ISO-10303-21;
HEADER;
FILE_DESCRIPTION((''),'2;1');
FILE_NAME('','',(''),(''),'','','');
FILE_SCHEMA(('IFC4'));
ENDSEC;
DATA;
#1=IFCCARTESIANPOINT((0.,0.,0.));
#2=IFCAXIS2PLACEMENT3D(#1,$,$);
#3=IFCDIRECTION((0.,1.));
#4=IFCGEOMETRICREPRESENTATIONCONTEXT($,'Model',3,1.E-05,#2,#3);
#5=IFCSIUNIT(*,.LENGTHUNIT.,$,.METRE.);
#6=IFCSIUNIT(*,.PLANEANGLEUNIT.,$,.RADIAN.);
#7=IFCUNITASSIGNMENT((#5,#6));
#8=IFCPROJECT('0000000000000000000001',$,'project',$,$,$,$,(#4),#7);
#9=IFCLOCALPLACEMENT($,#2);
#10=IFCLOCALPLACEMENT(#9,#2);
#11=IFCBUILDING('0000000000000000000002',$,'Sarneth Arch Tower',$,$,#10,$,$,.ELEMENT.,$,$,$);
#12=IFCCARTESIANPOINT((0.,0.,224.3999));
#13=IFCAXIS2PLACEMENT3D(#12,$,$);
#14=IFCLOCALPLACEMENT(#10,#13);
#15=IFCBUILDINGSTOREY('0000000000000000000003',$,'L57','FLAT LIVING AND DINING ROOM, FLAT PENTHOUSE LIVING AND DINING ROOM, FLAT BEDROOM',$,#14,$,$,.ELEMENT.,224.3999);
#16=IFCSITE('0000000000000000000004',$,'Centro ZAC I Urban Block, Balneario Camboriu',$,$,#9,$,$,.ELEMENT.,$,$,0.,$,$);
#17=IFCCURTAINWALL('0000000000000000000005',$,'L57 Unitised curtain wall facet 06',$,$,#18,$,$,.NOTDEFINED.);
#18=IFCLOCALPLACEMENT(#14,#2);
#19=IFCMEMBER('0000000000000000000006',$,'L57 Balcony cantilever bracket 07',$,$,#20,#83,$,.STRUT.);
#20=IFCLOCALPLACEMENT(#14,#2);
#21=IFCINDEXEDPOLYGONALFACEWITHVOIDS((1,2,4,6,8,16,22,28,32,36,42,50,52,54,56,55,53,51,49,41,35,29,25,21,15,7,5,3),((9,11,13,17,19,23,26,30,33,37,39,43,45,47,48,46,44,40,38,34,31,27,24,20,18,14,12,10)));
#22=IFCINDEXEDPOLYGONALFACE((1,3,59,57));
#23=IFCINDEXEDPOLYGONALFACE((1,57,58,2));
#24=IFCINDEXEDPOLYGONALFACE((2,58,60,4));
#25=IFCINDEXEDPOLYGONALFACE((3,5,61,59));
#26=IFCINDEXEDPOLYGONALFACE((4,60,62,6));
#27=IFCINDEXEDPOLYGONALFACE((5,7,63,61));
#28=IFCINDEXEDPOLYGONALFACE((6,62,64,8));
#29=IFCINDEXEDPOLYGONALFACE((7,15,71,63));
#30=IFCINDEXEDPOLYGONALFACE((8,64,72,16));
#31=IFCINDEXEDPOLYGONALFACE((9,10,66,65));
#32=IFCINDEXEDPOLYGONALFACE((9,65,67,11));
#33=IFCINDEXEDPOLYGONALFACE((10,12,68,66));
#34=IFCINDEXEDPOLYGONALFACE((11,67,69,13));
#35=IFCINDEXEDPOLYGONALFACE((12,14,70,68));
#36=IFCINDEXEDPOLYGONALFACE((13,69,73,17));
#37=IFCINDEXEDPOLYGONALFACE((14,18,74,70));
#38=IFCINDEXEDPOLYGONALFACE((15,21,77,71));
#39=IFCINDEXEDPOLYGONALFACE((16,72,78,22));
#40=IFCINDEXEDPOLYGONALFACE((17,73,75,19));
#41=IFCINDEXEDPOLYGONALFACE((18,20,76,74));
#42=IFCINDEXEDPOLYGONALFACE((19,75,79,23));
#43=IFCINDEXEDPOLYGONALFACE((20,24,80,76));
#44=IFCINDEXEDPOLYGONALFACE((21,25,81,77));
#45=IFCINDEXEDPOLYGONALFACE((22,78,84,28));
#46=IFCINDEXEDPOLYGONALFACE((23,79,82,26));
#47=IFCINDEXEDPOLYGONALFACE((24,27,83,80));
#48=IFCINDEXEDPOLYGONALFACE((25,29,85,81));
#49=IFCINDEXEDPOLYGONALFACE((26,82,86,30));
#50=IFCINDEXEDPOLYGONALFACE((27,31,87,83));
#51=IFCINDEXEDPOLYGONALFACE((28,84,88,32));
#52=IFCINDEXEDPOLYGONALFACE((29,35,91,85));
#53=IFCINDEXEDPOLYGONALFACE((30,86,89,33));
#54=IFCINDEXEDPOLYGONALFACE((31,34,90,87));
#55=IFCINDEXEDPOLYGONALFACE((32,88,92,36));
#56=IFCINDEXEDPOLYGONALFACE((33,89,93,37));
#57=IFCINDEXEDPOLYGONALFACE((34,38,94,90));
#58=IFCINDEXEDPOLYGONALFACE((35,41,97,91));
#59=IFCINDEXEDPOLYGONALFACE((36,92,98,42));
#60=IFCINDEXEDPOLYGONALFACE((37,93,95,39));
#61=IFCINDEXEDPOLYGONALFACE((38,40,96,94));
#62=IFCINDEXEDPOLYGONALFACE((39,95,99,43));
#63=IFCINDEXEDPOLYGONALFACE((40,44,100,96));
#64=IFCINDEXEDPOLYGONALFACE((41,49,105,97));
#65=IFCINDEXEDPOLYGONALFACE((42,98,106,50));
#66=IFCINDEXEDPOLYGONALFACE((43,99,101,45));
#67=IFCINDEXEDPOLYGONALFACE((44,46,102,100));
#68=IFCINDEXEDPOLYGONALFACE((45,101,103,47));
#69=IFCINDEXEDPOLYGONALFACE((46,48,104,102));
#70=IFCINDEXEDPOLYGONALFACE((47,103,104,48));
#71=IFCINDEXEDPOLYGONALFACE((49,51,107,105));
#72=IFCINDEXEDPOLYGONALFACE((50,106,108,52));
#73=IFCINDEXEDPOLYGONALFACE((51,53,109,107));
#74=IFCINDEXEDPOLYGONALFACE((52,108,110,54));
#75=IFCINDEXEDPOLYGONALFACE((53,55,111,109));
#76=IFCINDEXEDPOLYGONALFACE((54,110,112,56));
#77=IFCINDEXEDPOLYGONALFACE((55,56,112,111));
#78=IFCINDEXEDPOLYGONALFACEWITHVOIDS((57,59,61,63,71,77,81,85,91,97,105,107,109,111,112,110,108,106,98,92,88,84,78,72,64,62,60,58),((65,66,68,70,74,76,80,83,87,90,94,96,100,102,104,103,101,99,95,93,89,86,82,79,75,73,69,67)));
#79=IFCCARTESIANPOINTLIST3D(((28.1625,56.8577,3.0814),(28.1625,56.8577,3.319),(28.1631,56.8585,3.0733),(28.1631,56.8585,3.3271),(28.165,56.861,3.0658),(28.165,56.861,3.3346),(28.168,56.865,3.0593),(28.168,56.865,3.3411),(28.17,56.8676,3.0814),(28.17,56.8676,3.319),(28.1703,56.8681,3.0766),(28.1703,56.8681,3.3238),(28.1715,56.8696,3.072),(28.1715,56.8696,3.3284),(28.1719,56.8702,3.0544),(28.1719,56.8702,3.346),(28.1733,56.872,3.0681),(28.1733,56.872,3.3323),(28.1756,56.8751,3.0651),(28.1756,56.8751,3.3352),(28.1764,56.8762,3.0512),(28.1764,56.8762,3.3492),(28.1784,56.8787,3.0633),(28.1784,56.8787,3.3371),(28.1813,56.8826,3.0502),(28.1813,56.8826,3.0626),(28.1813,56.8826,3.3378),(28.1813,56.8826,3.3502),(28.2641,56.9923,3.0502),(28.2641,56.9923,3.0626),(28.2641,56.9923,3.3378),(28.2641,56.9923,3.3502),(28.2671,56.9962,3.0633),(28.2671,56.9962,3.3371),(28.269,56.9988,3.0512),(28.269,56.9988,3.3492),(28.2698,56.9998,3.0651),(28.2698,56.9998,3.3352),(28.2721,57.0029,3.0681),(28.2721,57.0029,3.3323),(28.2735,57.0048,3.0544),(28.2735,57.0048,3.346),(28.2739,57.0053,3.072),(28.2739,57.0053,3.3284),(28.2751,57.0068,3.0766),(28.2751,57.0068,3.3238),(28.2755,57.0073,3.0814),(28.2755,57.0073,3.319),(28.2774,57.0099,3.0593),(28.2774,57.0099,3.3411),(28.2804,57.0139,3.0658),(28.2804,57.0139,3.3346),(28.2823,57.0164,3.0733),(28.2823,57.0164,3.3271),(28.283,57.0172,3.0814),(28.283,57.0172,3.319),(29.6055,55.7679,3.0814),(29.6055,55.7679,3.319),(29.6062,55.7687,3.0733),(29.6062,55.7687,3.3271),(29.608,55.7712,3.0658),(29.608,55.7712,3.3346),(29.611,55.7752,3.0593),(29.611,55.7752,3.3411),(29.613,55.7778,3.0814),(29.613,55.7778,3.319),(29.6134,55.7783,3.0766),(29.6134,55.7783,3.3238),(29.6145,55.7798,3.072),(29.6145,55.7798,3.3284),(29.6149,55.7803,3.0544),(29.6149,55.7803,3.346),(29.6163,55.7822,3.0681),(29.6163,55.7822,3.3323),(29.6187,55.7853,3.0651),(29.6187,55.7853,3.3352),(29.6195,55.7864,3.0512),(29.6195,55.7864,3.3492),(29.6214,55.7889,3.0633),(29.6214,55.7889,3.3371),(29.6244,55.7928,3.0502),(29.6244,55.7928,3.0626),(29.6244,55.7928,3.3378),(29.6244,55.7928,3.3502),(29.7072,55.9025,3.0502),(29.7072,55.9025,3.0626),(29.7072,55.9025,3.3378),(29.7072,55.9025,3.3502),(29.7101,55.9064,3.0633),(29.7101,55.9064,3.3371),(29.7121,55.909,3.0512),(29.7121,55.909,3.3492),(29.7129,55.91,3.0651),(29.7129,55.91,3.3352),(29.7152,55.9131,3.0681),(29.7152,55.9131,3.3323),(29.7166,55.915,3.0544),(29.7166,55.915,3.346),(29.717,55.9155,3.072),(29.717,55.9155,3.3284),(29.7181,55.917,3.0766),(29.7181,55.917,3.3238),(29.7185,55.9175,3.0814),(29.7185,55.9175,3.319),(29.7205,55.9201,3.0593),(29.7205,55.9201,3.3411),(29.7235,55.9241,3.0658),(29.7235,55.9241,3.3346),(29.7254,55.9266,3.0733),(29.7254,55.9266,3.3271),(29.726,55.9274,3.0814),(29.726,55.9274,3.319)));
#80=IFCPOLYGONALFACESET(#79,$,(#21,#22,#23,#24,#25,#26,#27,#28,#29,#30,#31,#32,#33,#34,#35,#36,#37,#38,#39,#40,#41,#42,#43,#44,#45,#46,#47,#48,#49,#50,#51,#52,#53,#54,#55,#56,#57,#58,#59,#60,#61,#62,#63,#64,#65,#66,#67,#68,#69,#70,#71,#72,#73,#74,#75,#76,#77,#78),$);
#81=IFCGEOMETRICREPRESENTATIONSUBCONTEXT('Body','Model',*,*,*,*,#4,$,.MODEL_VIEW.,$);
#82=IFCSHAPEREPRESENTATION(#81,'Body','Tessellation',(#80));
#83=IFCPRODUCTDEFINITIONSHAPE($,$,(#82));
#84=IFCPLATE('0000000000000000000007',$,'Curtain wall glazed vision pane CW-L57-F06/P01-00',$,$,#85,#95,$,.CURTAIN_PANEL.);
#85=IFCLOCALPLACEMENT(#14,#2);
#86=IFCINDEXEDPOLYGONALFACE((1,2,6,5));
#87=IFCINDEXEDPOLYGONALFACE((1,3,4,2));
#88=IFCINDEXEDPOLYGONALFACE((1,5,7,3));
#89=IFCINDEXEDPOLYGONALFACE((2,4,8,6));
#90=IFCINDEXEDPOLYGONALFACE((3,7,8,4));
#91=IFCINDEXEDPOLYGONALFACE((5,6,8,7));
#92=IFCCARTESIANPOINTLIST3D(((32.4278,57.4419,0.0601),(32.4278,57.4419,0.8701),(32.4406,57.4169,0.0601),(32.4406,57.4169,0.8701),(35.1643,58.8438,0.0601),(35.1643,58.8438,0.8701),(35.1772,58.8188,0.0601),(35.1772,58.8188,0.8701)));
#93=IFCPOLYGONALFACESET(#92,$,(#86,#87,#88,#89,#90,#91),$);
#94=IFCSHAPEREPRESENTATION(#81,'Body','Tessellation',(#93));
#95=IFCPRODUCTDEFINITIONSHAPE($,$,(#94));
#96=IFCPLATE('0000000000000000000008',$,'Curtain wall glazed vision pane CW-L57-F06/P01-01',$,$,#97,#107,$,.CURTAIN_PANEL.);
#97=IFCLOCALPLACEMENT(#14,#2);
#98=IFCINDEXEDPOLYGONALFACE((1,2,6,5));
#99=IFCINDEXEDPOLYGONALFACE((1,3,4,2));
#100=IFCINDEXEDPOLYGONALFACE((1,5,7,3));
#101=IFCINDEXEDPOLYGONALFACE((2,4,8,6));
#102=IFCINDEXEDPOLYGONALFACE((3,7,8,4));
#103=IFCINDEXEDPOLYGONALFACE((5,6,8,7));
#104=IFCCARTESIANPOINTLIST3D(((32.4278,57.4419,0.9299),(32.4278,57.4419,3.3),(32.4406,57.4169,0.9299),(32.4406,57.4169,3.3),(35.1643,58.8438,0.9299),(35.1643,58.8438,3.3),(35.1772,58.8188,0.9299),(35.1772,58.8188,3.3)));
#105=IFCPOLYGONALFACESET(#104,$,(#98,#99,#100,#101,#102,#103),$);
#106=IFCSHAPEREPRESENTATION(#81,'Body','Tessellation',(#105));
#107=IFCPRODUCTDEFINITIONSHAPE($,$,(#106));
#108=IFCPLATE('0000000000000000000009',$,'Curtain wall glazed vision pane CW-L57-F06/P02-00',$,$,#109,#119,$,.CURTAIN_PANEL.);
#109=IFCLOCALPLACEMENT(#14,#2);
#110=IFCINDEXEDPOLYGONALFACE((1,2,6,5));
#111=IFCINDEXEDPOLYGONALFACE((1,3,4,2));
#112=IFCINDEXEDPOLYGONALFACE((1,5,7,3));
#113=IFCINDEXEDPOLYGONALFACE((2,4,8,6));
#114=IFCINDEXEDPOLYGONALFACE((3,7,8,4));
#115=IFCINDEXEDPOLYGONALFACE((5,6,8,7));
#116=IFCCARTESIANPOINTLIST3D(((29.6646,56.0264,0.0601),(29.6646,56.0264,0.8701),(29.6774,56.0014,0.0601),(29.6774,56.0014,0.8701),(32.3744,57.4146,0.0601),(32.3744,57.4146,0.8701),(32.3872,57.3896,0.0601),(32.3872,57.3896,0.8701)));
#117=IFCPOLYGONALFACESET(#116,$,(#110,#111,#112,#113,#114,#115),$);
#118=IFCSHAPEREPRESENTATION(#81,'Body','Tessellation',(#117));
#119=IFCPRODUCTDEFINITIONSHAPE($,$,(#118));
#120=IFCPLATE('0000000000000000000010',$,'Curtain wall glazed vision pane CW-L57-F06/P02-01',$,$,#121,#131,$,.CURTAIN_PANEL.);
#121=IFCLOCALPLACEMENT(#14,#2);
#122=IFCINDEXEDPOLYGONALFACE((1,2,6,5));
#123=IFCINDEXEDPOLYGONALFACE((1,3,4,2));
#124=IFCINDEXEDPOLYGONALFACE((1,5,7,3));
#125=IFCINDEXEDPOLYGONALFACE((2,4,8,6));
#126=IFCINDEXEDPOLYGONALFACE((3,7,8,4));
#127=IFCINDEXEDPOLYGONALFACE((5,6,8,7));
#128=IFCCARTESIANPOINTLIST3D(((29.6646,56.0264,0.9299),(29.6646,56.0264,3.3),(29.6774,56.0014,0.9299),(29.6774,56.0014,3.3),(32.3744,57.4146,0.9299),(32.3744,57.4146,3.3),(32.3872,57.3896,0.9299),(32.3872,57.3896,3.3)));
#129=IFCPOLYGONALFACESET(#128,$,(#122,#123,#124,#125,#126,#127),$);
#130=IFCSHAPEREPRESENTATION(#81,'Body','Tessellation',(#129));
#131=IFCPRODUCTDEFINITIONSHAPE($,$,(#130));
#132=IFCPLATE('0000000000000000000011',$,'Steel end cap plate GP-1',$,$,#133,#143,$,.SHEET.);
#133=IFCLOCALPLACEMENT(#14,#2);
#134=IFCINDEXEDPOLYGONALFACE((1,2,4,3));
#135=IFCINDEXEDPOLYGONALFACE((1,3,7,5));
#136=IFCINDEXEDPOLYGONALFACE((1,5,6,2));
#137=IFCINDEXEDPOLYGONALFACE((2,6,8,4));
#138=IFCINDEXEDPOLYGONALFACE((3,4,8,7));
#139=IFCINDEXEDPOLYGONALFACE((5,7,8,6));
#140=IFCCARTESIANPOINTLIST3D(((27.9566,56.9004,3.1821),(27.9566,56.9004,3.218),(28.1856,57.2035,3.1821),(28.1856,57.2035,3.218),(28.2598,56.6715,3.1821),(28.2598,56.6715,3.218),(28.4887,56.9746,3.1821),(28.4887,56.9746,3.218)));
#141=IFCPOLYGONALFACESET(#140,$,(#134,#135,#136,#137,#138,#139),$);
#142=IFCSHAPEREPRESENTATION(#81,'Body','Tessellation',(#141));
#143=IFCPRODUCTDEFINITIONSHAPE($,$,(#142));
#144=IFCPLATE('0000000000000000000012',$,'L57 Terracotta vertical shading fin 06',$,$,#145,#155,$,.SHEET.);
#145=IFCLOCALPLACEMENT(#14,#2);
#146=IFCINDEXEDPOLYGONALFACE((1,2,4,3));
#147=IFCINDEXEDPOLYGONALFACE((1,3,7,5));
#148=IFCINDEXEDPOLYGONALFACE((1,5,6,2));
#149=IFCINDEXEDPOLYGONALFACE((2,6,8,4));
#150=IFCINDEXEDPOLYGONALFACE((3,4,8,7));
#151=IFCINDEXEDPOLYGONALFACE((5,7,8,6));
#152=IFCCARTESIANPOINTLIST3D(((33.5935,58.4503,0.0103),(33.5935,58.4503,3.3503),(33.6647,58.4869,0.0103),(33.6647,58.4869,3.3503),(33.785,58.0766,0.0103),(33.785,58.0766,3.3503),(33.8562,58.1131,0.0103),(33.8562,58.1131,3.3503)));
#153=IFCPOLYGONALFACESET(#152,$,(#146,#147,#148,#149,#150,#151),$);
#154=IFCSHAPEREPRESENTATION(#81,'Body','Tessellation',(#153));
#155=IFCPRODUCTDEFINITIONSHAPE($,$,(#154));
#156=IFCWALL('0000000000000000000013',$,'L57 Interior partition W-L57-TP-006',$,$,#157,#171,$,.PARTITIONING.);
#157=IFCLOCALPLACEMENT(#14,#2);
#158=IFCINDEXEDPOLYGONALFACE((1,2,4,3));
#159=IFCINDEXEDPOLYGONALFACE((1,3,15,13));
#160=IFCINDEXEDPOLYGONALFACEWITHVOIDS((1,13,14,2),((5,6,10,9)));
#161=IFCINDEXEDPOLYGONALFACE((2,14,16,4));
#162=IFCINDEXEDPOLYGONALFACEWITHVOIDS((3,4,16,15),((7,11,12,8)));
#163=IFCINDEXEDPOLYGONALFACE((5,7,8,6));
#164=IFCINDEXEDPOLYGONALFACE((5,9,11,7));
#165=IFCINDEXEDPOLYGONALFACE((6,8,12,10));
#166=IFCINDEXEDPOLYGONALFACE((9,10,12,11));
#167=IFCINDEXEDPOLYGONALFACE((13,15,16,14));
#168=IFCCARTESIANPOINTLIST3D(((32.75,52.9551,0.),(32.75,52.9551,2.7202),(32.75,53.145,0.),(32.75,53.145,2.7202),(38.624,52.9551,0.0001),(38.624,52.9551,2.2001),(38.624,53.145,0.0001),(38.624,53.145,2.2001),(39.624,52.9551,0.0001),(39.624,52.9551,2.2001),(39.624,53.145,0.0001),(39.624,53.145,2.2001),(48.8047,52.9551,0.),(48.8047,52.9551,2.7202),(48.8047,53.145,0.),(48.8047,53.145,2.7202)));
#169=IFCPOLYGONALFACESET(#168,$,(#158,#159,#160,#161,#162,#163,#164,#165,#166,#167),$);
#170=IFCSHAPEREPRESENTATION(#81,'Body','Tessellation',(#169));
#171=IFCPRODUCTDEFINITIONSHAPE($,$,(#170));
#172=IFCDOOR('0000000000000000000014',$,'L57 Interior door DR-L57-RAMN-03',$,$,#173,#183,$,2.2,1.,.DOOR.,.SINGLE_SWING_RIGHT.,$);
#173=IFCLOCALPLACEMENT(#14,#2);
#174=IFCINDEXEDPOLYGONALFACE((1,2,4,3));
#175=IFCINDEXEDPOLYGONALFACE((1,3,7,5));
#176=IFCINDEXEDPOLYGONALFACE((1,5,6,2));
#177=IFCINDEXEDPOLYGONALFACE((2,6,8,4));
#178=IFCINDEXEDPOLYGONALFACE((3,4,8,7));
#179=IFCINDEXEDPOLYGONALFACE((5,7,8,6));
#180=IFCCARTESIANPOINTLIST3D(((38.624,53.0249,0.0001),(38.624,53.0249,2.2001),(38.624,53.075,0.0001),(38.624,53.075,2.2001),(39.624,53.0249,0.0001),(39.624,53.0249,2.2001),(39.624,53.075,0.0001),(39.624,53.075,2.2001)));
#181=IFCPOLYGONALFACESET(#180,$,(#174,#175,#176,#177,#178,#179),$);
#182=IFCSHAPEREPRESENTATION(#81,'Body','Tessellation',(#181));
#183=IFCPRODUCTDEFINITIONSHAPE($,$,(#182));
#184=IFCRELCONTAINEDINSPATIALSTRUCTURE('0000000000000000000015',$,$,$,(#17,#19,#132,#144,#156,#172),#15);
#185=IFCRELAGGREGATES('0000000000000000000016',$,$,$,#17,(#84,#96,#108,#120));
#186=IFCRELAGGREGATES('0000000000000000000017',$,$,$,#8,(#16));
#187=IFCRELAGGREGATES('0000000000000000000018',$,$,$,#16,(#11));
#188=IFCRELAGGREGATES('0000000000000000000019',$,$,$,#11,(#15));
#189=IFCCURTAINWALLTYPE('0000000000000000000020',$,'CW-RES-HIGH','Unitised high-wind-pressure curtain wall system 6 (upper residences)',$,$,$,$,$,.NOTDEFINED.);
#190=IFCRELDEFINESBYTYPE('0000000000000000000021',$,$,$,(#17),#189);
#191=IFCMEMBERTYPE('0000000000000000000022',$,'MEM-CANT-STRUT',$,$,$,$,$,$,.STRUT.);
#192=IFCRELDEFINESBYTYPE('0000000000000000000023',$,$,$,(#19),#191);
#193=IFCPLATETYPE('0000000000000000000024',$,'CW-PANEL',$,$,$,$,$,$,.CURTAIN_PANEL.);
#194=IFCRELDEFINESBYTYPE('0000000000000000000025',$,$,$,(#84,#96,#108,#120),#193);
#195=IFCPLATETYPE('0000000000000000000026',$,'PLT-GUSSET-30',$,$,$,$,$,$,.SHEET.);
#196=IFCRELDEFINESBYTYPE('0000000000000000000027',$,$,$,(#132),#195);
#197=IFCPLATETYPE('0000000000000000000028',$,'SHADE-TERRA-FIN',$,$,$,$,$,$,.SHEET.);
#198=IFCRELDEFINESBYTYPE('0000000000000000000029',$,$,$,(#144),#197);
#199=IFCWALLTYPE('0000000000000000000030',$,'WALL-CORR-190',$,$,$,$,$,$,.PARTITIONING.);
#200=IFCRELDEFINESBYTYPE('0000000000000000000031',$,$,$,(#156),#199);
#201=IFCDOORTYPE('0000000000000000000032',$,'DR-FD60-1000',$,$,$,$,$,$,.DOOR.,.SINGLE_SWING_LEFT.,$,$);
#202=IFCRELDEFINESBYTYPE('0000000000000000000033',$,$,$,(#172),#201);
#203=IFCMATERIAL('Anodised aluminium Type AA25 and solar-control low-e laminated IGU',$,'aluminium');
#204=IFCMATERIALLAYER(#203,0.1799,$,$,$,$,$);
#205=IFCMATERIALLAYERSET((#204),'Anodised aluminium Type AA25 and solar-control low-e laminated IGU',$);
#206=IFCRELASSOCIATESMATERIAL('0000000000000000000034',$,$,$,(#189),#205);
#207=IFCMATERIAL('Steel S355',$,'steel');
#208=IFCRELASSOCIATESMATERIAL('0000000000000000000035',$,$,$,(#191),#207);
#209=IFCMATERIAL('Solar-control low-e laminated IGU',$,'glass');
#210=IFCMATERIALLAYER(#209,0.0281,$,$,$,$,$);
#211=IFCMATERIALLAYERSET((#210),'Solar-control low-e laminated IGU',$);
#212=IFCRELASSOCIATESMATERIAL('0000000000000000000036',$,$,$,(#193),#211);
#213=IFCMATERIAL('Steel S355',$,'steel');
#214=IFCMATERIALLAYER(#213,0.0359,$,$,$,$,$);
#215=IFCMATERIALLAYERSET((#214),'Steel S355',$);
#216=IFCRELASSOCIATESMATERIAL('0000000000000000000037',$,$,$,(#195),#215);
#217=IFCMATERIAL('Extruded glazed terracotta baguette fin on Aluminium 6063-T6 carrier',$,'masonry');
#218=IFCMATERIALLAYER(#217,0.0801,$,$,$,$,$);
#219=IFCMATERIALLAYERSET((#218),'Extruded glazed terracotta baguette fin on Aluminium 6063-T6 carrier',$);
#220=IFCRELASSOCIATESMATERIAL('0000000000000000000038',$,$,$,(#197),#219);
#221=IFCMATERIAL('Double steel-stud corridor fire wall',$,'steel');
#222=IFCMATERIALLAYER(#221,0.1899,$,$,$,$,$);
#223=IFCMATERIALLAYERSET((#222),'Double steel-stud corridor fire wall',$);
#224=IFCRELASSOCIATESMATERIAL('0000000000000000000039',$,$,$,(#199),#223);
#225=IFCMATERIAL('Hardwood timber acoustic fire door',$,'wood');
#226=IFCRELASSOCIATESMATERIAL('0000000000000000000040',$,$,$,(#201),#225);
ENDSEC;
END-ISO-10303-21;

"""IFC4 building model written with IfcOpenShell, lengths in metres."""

from ifc_helpers import new_model, si_unit, direction, frame, frame_2d, origin, origin_2d, place, context, subcontext, project, spatial, rectangle, hollow_rectangle, extrude, material, layer, layer_set, material_profile, profile_set, type_object, element, fill, aggregate, save


model = new_model("IFC4")

# Units and contexts
model_context = context("Model", 3, precision=1e-05, world=origin(), true_north=direction((0.0, 1.0)))
body_context = subcontext(model_context, "Body", "Model", "MODEL_VIEW")
ifc_project = project(units=[si_unit("LENGTHUNIT", "METRE"), si_unit("PLANEANGLEUNIT", "RADIAN")], contexts=[model_context])

# Site, building, storey
site_placement = place(None, origin())
site = spatial("IfcSite", under=ifc_project, at=site_placement, Name="Centro ZAC I Urban Block, Balneario Camboriu", CompositionType="ELEMENT", RefElevation=0.0)
building_placement = place(site_placement, origin())
building = spatial("IfcBuilding", under=site, at=building_placement, Name="Sarneth Arch Tower", CompositionType="ELEMENT")
storey_placement = place(building_placement, frame((0.0, 0.0, 224.3999)))
storey = spatial("IfcBuildingStorey", under=building, at=storey_placement, Name="L57", Description="FLAT LIVING AND DINING ROOM, FLAT PENTHOUSE LIVING AND DINING ROOM, FLAT BEDROOM", CompositionType="ELEMENT", Elevation=224.3999)

# Curtain wall
ifc_material_1 = material(Name="Anodised aluminium Type AA25 and solar-control low-e laminated IGU", Category="aluminium")
ifc_layer_1 = layer(ifc_material_1, 0.1799)
ifc_layer_set_1 = layer_set([ifc_layer_1], Name="Anodised aluminium Type AA25 and solar-control low-e laminated IGU")
curtain_wall_type = type_object("IfcCurtainWallType", Name="CW-RES-HIGH", Description="Unitised high-wind-pressure curtain wall system 6 (upper residences)", PredefinedType="NOTDEFINED", material=ifc_layer_set_1)
curtain_wall_placement = place(storey_placement, origin())
curtain_wall = element("IfcCurtainWall", 1, at=curtain_wall_placement, inside=storey, type_object=curtain_wall_type, Name="L57 Unitised curtain wall facet 06", PredefinedType="NOTDEFINED")

# Member
ifc_material_2 = material(Name="Steel S355", Category="steel")
ifc_material_profile_1 = material_profile(ifc_material_2, hollow_rectangle(XDim=0.2, YDim=0.3, WallThickness=0.0125, InnerFilletRadius=0.0188, OuterFilletRadius=0.0312, at=origin_2d()), Name="RHS300x200x12.5")
ifc_profile_set_1 = profile_set([ifc_material_profile_1], Name="Steel S355")
member_type_1 = type_object("IfcMemberType", Name="MEM-CANT-STRUT", PredefinedType="STRUT", material=ifc_profile_set_1)
member_1_placement = place(storey_placement, frame((29.6658, 55.8477, 3.2002), z_axis=(-0.798003, 0.602654, 0.0), x_axis=(-0.602654, -0.798003, 0.0)))
element("IfcMember", 2, at=member_1_placement, inside=storey, type_object=member_type_1, Name="L57 Balcony cantilever bracket 07", PredefinedType="STRUT", context=body_context, shape_type="SweptSolid", body=[
    extrude(hollow_rectangle(XDim=0.2, YDim=0.3, WallThickness=0.0125, InnerFilletRadius=0.0188, OuterFilletRadius=0.0312, at=origin_2d()), origin(), (0.0, 0.0, 1.0), 1.8083),
])

# Plates
ifc_material_3 = material(Name="Solar-control low-e laminated IGU", Category="glass")
ifc_layer_2 = layer(ifc_material_3, 0.0281)
ifc_layer_set_2 = layer_set([ifc_layer_2], Name="Solar-control low-e laminated IGU")
plate_type_1 = type_object("IfcPlateType", Name="CW-PANEL", PredefinedType="CURTAIN_PANEL", material=ifc_layer_set_2)
plate_1_placement = place(storey_placement, frame((33.8025, 58.1304, 0.0601), z_axis=(0.0, 0.0, 1.0), x_axis=(-0.89001, -0.455942, 0.0)))
plate_1 = element("IfcPlate", 3, at=plate_1_placement, type_object=plate_type_1, Name="Curtain wall glazed vision pane CW-L57-F06/P01-00", PredefinedType="CURTAIN_PANEL", context=body_context, shape_type="SweptSolid", body=[
    extrude(rectangle(XDim=3.0747, YDim=0.0281, at=origin_2d()), origin(), (0.0, 0.0, 1.0), 0.8101),
])
plate_2_placement = place(storey_placement, frame((33.8025, 58.1304, 0.9299), z_axis=(0.0, 0.0, 1.0), x_axis=(-0.89001, -0.455942, 0.0)))
plate_2 = element("IfcPlate", 4, at=plate_2_placement, type_object=plate_type_1, Name="Curtain wall glazed vision pane CW-L57-F06/P01-01", PredefinedType="CURTAIN_PANEL", context=body_context, shape_type="SweptSolid", body=[
    extrude(rectangle(XDim=3.0747, YDim=0.0281, at=origin_2d()), origin(), (0.0, 0.0, 1.0), 2.3701),
])
plate_3_placement = place(storey_placement, frame((31.0259, 56.708, 0.0601), z_axis=(0.0, 0.0, 1.0), x_axis=(-0.89001, -0.455942, 0.0)))
plate_3 = element("IfcPlate", 5, at=plate_3_placement, type_object=plate_type_1, Name="Curtain wall glazed vision pane CW-L57-F06/P02-00", PredefinedType="CURTAIN_PANEL", context=body_context, shape_type="SweptSolid", body=[
    extrude(rectangle(XDim=3.0447, YDim=0.0281, at=origin_2d()), origin(), (0.0, 0.0, 1.0), 0.8101),
])
plate_4_placement = place(storey_placement, frame((31.0259, 56.708, 0.9299), z_axis=(0.0, 0.0, 1.0), x_axis=(-0.89001, -0.455942, 0.0)))
plate_4 = element("IfcPlate", 6, at=plate_4_placement, type_object=plate_type_1, Name="Curtain wall glazed vision pane CW-L57-F06/P02-01", PredefinedType="CURTAIN_PANEL", context=body_context, shape_type="SweptSolid", body=[
    extrude(rectangle(XDim=3.0447, YDim=0.0281, at=origin_2d()), origin(), (0.0, 0.0, 1.0), 2.3701),
])
aggregate(curtain_wall, [plate_1, plate_2, plate_3, plate_4])

# Plates
ifc_material_4 = material(Name="Steel S355", Category="steel")
ifc_layer_3 = layer(ifc_material_4, 0.0359)
ifc_layer_set_3 = layer_set([ifc_layer_3], Name="Steel S355")
plate_type_2 = type_object("IfcPlateType", Name="PLT-GUSSET-30", PredefinedType="SHEET", material=ifc_layer_set_3)
plate_5_placement = place(storey_placement, frame((28.2227, 56.9375, 3.1821), z_axis=(0.0, 0.0, 1.0), x_axis=(-0.798005, 0.602651, 0.0)))
element("IfcPlate", 7, at=plate_5_placement, inside=storey, type_object=plate_type_2, Name="Steel end cap plate GP-1", PredefinedType="SHEET", context=body_context, shape_type="SweptSolid", body=[
    extrude(rectangle(XDim=0.3799, YDim=0.3799, at=origin_2d()), origin(), (0.0, 0.0, 1.0), 0.0359),
])
ifc_material_5 = material(Name="Extruded glazed terracotta baguette fin on Aluminium 6063-T6 carrier", Category="masonry")
ifc_layer_4 = layer(ifc_material_5, 0.0801)
ifc_layer_set_4 = layer_set([ifc_layer_4], Name="Extruded glazed terracotta baguette fin on Aluminium 6063-T6 carrier")
plate_type_3 = type_object("IfcPlateType", Name="SHADE-TERRA-FIN", PredefinedType="SHEET", material=ifc_layer_set_4)
plate_6_placement = place(storey_placement, frame((33.7249, 58.2817, 0.0103), z_axis=(0.0, 0.0, 1.0), x_axis=(-0.456011, 0.889974, 0.0)))
element("IfcPlate", 8, at=plate_6_placement, inside=storey, type_object=plate_type_3, Name="L57 Terracotta vertical shading fin 06", PredefinedType="SHEET", context=body_context, shape_type="SweptSolid", body=[
    extrude(rectangle(XDim=0.4199, YDim=0.0801, at=origin_2d()), origin(), (0.0, 0.0, 1.0), 3.3401),
])

# Wall, opening, door
ifc_material_6 = material(Name="Double steel-stud corridor fire wall", Category="steel")
ifc_layer_5 = layer(ifc_material_6, 0.1899)
ifc_layer_set_5 = layer_set([ifc_layer_5], Name="Double steel-stud corridor fire wall")
wall_type_1 = type_object("IfcWallType", Name="WALL-CORR-190", PredefinedType="PARTITIONING", material=ifc_layer_set_5)
wall_1_placement = place(storey_placement, frame((32.75, 53.05, 0.0), z_axis=(0.0, 0.0, 1.0), x_axis=(1.0, 0.0, 0.0)))
wall_1 = element("IfcWall", 9, at=wall_1_placement, inside=storey, type_object=wall_type_1, Name="L57 Interior partition W-L57-TP-006", PredefinedType="PARTITIONING", context=body_context, shape_type="SweptSolid", body=[
    extrude(rectangle(XDim=16.0547, YDim=0.1899, at=frame_2d((8.0273, 0.0))), origin(), (0.0, 0.0, 1.0), 2.7202),
])
opening_1_placement = place(wall_1_placement, frame((5.874, 0.0, 0.0)))
opening_1 = element("IfcOpeningElement", 10, at=opening_1_placement, cuts=wall_1, PredefinedType="OPENING", context=body_context, shape_type="SweptSolid", body=[
    extrude(rectangle(XDim=1.0, YDim=2.2, at=frame_2d((0.5, 1.1001))), frame((0.0, 0.105, 0.0), z_axis=(0.0, -1.0, 0.0), x_axis=(1.0, 0.0, 0.0)), (0.0, 0.0, 1.0), 0.21),
])
ifc_material_7 = material(Name="Hardwood timber acoustic fire door", Category="wood")
door_type_1 = type_object("IfcDoorType", Name="DR-FD60-1000", OperationType="SINGLE_SWING_LEFT", PredefinedType="DOOR", material=ifc_material_7)
door_1_placement = place(opening_1_placement, origin())
door_1 = element("IfcDoor", 11, at=door_1_placement, inside=storey, type_object=door_type_1, Name="L57 Interior door DR-L57-RAMN-03", OperationType="SINGLE_SWING_RIGHT", OverallHeight=2.2, OverallWidth=1.0, PredefinedType="DOOR", context=body_context, shape_type="SweptSolid", body=[
    extrude(rectangle(XDim=1.0, YDim=2.2, at=frame_2d((0.5, 1.1001))), frame((0.0, 0.0249, 0.0), z_axis=(0.0, -1.0, 0.0), x_axis=(1.0, 0.0, 0.0)), (0.0, 0.0, 1.0), 0.05),
])
fill(opening_1, door_1)

save(model, "model.ifc")
